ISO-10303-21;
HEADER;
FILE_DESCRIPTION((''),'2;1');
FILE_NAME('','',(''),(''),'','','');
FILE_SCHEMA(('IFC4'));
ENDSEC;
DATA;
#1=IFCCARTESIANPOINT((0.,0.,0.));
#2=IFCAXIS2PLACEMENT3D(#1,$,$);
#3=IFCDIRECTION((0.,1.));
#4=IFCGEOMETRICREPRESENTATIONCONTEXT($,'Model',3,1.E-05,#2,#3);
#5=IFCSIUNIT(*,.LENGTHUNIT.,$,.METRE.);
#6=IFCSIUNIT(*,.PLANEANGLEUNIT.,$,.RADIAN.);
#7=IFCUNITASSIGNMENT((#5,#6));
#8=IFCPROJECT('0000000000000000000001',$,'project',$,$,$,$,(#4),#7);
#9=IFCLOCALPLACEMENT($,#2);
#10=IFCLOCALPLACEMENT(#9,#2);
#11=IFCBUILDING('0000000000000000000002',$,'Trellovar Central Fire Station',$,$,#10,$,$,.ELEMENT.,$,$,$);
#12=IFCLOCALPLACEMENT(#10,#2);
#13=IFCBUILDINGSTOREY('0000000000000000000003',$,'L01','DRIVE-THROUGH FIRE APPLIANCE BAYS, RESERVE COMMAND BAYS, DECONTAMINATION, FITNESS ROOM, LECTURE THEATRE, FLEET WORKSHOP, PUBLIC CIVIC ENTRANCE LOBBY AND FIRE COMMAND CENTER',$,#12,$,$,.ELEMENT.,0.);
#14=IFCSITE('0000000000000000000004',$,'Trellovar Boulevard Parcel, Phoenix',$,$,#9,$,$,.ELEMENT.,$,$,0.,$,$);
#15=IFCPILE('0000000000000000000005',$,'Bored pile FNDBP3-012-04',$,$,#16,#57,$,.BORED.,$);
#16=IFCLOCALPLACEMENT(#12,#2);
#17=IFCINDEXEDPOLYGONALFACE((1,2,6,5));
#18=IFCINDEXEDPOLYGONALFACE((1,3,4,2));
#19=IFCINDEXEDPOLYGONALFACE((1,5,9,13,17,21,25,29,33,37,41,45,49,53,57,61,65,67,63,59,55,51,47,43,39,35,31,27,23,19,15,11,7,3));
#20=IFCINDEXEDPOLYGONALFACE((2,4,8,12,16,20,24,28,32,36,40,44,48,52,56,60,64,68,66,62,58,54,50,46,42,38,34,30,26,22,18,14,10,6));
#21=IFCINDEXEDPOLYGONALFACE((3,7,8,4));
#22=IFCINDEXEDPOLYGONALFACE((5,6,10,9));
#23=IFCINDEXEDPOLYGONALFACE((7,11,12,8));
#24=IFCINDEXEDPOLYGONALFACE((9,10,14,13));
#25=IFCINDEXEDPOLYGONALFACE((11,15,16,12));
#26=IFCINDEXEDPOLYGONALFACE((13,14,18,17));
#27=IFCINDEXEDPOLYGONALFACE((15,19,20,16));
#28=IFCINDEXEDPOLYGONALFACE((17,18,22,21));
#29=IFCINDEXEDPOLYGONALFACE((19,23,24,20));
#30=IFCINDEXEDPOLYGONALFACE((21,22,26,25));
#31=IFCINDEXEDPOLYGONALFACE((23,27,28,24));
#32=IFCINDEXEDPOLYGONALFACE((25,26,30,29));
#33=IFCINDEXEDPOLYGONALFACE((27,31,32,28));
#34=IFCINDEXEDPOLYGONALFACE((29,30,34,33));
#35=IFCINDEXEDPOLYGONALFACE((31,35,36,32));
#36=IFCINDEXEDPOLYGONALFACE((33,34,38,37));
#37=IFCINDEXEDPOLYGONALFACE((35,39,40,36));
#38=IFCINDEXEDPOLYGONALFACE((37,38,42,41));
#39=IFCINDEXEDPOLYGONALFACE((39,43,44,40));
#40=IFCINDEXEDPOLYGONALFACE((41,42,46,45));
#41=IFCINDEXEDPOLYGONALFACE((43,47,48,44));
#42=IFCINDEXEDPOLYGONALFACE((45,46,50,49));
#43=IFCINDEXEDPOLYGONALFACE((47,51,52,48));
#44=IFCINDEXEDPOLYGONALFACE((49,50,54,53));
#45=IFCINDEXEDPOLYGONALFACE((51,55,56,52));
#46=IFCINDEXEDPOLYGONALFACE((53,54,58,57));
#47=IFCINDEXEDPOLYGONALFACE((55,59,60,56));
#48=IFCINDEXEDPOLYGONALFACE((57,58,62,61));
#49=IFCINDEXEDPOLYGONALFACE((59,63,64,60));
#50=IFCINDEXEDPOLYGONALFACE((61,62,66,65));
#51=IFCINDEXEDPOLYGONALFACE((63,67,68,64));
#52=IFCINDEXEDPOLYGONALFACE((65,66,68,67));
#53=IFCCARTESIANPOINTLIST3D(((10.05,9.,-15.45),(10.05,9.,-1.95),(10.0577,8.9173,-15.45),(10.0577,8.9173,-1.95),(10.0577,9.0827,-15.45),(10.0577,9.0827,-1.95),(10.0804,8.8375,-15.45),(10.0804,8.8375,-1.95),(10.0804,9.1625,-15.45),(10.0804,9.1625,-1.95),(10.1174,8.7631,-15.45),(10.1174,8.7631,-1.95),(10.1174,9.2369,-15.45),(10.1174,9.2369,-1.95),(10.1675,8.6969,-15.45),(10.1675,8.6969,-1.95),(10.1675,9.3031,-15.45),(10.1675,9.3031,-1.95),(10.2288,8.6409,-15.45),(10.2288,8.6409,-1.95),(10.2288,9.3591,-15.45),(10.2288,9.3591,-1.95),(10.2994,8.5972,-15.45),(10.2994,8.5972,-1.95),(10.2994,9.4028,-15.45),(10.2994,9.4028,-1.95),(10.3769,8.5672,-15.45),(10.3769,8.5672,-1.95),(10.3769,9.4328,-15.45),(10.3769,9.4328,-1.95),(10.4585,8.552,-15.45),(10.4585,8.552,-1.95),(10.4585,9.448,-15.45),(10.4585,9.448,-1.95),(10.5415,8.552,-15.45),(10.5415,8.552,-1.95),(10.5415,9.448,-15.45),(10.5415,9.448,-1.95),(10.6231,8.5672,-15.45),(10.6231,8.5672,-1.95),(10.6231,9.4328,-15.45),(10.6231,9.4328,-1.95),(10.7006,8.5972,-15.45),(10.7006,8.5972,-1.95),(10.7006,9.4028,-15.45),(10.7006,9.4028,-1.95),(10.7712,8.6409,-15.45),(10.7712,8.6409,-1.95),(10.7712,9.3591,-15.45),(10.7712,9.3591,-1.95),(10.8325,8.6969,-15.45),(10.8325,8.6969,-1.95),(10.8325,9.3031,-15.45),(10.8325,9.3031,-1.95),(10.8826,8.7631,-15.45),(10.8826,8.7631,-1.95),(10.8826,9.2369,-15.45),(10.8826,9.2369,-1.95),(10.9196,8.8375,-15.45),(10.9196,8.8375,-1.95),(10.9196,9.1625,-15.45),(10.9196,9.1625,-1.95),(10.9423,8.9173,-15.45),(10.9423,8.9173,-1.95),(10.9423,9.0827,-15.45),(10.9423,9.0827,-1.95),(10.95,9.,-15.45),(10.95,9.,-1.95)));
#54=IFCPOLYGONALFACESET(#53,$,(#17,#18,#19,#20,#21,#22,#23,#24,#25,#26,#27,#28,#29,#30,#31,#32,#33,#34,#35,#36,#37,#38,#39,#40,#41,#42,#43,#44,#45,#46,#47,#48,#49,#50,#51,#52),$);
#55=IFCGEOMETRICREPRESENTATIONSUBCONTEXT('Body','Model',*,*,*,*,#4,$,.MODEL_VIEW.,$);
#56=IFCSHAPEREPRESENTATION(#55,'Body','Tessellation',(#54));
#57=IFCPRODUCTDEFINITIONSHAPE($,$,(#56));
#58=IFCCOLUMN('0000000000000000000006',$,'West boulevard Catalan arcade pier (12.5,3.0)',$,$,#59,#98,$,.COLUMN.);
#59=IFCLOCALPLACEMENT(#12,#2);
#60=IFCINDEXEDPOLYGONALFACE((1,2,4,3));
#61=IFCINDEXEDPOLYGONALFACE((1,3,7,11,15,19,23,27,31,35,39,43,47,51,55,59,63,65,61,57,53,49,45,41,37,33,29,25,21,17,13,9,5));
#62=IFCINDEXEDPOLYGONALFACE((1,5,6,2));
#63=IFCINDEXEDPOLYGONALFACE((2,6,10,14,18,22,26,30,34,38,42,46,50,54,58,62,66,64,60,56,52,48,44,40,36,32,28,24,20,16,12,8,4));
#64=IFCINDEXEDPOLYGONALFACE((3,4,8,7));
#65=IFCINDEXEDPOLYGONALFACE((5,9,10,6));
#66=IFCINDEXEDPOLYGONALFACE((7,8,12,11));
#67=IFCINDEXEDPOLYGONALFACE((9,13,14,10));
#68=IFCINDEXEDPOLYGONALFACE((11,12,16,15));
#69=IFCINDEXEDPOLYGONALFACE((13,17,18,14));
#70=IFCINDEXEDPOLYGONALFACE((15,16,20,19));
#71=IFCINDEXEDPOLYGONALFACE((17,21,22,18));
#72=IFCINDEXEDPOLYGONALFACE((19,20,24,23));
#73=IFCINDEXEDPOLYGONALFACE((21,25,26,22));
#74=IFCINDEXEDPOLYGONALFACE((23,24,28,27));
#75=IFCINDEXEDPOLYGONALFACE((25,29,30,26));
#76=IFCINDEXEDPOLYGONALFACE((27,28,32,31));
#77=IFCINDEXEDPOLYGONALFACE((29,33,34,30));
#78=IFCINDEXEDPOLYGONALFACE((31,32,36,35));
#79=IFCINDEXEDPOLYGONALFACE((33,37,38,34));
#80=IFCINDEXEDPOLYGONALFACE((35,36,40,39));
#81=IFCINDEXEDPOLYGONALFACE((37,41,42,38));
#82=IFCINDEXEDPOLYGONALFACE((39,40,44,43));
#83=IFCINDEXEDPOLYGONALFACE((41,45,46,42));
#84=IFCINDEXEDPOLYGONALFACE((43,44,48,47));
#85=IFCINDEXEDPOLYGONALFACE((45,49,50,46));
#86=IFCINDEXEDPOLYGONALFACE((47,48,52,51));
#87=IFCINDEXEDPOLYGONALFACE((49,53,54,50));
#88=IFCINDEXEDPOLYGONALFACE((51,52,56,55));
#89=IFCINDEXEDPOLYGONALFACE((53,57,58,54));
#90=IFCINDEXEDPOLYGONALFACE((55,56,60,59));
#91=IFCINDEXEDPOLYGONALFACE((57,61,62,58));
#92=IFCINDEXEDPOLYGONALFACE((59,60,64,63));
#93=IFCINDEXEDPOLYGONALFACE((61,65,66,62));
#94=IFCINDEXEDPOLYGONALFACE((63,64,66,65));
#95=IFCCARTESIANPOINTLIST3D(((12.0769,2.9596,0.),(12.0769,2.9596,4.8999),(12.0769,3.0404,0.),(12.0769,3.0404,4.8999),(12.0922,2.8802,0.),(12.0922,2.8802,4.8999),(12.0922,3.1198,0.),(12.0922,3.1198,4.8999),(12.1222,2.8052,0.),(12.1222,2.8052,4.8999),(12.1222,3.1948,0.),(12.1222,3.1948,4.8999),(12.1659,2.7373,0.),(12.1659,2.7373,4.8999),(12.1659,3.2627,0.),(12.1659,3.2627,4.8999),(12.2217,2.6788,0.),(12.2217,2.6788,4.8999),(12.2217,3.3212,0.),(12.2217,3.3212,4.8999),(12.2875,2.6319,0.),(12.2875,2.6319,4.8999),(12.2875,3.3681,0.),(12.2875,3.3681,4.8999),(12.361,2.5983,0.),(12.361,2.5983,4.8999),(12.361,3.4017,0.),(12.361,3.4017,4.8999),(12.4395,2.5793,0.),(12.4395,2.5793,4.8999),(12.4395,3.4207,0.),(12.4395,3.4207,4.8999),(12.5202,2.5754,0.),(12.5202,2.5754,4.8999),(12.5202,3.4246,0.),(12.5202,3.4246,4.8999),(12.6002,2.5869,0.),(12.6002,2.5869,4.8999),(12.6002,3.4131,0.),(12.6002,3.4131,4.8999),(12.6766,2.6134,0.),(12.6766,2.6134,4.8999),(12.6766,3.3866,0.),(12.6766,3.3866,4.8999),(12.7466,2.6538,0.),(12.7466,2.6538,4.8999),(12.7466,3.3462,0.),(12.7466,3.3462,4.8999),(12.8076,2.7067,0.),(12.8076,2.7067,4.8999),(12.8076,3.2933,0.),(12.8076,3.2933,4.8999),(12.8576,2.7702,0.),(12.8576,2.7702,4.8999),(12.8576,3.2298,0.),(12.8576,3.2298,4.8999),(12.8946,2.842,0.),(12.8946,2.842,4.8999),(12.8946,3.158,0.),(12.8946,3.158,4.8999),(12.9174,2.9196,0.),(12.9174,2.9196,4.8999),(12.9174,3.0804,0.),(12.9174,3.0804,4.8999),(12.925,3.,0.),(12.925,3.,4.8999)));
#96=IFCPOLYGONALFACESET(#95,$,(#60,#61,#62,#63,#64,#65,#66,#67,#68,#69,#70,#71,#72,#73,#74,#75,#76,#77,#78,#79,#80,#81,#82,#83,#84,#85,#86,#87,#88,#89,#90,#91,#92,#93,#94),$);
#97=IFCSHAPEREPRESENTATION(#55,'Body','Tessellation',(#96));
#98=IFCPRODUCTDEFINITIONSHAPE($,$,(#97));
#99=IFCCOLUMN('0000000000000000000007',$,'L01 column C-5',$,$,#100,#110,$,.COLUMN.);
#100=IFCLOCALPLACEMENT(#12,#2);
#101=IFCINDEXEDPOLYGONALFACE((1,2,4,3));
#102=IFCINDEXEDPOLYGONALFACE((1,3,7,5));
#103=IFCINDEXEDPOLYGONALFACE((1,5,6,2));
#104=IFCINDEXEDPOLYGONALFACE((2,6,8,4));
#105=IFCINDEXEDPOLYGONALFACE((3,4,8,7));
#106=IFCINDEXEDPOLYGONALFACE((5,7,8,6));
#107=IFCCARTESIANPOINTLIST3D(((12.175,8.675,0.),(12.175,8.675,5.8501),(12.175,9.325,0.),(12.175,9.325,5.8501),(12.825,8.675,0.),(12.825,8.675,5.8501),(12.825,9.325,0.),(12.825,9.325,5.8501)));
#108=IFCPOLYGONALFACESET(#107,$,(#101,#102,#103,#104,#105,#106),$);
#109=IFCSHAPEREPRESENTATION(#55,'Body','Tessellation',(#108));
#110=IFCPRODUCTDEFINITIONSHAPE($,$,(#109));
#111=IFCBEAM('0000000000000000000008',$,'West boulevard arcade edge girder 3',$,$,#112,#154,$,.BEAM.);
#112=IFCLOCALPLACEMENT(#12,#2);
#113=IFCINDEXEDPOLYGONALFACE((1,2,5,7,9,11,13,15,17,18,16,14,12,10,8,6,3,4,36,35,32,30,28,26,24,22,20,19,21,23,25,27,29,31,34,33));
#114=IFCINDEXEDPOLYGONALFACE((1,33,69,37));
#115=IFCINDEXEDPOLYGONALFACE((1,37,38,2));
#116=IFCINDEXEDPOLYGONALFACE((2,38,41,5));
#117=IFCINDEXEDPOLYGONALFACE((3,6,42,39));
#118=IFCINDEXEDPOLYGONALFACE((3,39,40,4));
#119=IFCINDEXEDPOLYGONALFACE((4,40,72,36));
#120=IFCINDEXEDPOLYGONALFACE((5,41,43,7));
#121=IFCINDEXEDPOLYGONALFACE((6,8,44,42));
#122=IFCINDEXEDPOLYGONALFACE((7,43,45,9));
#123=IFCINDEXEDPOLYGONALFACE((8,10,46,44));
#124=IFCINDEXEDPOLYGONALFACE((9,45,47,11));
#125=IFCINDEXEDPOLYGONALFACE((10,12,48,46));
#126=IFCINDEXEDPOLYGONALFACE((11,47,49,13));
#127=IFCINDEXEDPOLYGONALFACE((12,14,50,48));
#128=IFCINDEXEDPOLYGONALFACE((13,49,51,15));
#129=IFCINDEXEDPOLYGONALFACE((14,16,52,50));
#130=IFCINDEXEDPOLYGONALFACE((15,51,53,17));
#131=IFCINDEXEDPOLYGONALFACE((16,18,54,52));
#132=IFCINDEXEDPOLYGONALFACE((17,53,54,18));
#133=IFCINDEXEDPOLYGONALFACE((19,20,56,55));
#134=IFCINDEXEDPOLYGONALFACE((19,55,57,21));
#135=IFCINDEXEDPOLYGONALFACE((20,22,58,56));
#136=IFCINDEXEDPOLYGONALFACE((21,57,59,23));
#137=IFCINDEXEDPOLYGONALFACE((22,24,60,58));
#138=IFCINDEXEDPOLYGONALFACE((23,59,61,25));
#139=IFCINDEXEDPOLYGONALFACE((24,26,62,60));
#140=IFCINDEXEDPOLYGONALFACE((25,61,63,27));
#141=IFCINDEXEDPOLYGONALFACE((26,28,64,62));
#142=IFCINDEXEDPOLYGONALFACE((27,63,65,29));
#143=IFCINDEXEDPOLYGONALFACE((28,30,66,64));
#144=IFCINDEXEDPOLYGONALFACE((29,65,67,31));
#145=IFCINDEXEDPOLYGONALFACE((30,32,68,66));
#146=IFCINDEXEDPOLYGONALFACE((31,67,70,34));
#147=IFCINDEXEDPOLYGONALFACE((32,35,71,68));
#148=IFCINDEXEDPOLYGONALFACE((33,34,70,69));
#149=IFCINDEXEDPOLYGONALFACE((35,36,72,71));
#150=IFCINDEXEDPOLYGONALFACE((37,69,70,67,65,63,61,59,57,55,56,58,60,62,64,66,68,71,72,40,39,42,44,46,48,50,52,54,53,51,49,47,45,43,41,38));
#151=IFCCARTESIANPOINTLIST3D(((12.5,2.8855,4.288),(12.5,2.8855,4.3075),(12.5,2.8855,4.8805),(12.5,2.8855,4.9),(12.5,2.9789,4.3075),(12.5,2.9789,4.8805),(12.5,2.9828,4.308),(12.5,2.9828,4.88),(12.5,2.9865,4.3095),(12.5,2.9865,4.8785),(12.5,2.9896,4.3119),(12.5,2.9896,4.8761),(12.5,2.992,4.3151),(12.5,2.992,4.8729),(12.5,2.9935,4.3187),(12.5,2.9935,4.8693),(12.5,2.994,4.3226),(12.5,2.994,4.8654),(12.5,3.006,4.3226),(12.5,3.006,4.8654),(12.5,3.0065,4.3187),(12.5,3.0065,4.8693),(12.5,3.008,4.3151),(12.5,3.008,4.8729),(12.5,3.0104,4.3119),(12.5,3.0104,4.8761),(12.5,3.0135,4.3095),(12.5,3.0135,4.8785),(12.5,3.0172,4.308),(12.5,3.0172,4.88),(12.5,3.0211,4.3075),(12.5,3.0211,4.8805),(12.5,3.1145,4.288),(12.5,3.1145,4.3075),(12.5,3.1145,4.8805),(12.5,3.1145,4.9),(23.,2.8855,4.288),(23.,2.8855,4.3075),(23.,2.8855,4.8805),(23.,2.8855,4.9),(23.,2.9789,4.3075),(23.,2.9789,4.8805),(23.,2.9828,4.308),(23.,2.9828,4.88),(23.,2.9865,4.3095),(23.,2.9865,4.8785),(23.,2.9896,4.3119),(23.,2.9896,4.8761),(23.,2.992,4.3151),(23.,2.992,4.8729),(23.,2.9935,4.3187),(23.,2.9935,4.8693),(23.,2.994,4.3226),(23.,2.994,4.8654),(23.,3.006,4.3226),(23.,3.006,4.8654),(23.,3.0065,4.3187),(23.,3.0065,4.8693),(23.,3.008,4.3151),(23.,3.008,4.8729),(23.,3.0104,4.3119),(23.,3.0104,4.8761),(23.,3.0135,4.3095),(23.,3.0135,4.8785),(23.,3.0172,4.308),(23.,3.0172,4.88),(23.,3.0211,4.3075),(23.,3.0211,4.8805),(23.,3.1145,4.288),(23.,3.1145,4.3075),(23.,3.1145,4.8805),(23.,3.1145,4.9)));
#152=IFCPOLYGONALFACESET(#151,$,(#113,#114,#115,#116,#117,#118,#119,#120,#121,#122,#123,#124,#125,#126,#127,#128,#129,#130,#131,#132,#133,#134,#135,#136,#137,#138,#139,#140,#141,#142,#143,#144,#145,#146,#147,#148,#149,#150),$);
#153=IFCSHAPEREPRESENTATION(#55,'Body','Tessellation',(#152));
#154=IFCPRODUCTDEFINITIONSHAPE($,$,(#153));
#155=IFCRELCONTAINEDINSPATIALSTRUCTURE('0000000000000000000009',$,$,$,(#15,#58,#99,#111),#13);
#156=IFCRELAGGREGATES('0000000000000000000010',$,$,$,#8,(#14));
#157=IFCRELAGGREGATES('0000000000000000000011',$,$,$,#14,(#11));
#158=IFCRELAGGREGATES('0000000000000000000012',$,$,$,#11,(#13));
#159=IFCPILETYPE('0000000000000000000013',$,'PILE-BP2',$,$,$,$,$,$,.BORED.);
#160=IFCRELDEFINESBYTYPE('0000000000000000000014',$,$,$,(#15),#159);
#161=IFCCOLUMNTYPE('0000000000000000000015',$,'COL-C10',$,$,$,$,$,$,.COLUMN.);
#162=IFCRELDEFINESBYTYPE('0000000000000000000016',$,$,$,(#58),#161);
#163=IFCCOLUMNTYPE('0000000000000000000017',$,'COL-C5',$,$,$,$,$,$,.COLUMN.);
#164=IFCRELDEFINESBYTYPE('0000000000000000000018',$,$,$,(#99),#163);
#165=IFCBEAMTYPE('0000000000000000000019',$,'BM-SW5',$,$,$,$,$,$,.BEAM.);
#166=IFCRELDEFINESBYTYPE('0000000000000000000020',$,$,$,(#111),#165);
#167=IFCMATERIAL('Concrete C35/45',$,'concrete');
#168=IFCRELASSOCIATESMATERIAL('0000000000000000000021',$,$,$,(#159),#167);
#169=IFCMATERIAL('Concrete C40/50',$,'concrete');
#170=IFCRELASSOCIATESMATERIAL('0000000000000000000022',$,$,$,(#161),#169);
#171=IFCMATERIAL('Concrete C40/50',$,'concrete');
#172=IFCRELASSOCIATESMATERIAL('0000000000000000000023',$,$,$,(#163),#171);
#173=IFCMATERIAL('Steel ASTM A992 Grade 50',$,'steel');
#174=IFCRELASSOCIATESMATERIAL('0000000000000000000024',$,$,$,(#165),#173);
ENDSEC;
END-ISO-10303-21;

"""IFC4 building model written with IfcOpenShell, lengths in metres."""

from ifc_helpers import new_model, si_unit, direction, frame, origin, origin_2d, place, context, subcontext, project, spatial, rectangle, circle, i_section, extrude, material, material_profile, profile_set, type_object, element, save


model = new_model("IFC4")

# Units and contexts
model_context = context("Model", 3, precision=1e-05, world=origin(), true_north=direction((0.0, 1.0)))
body_context = subcontext(model_context, "Body", "Model", "MODEL_VIEW")
ifc_project = project(units=[si_unit("LENGTHUNIT", "METRE"), si_unit("PLANEANGLEUNIT", "RADIAN")], contexts=[model_context])

# Site, building, storey
site_placement = place(None, origin())
site = spatial("IfcSite", under=ifc_project, at=site_placement, Name="Trellovar Boulevard Parcel, Phoenix", CompositionType="ELEMENT", RefElevation=0.0)
building_placement = place(site_placement, origin())
building = spatial("IfcBuilding", under=site, at=building_placement, Name="Trellovar Central Fire Station", CompositionType="ELEMENT")
storey_placement = place(building_placement, origin())
storey = spatial("IfcBuildingStorey", under=building, at=storey_placement, Name="L01", Description="DRIVE-THROUGH FIRE APPLIANCE BAYS, RESERVE COMMAND BAYS, DECONTAMINATION, FITNESS ROOM, LECTURE THEATRE, FLEET WORKSHOP, PUBLIC CIVIC ENTRANCE LOBBY AND FIRE COMMAND CENTER", CompositionType="ELEMENT", Elevation=0.0)

# Pile
ifc_material_1 = material(Name="Concrete C35/45", Category="concrete")
ifc_material_profile_1 = material_profile(ifc_material_1, circle(Radius=0.45, at=origin_2d()), Name="PILE900")
ifc_profile_set_1 = profile_set([ifc_material_profile_1], Name="Concrete C35/45")
pile_type_1 = type_object("IfcPileType", Name="PILE-BP2", PredefinedType="BORED", material=ifc_profile_set_1)
for number, where, z_axis, x_axis, name in (
    (1, (10.5, 9.0, -1.95), (0.0, 0.0, -1.0), (1.0, 0.0, 0.0), "Bored pile FNDBP3-012-04"),
):
    element("IfcPile", number, at=place(storey_placement, frame(where, z_axis=z_axis, x_axis=x_axis)), inside=storey, type_object=pile_type_1, Name=name, PredefinedType="BORED", context=body_context, shape_type="SweptSolid", body=[
        extrude(circle(Radius=0.45, at=origin_2d()), origin(), (0.0, 0.0, 1.0), 13.5),
    ])

# Columns
ifc_material_2 = material(Name="Concrete C40/50", Category="concrete")
ifc_material_profile_2 = material_profile(ifc_material_2, circle(Radius=0.425, at=origin_2d()), Name="RCD850")
ifc_profile_set_2 = profile_set([ifc_material_profile_2], Name="Concrete C40/50")
column_type_1 = type_object("IfcColumnType", Name="COL-C10", PredefinedType="COLUMN", material=ifc_profile_set_2)
column_1_placement = place(storey_placement, frame((12.5, 3.0, 0.0), z_axis=(0.0, 0.0, 1.0), x_axis=(1.0, 0.0, 0.0)))
element("IfcColumn", 2, at=column_1_placement, inside=storey, type_object=column_type_1, Name="West boulevard Catalan arcade pier (12.5,3.0)", PredefinedType="COLUMN", context=body_context, shape_type="SweptSolid", body=[
    extrude(circle(Radius=0.425, at=origin_2d()), origin(), (0.0, 0.0, 1.0), 4.8999),
])
ifc_material_3 = material(Name="Concrete C40/50", Category="concrete")
ifc_material_profile_3 = material_profile(ifc_material_3, rectangle(XDim=0.6499, YDim=0.6499, at=origin_2d()), Name="RC650X650")
ifc_profile_set_3 = profile_set([ifc_material_profile_3], Name="Concrete C40/50")
column_type_2 = type_object("IfcColumnType", Name="COL-C5", PredefinedType="COLUMN", material=ifc_profile_set_3)
column_2_placement = place(storey_placement, frame((12.5, 9.0, 0.0), z_axis=(0.0, 0.0, 1.0), x_axis=(1.0, 0.0, 0.0)))
element("IfcColumn", 3, at=column_2_placement, inside=storey, type_object=column_type_2, Name="L01 column C-5", PredefinedType="COLUMN", context=body_context, shape_type="SweptSolid", body=[
    extrude(rectangle(XDim=0.6499, YDim=0.6499, at=origin_2d()), origin(), (0.0, 0.0, 1.0), 5.8501),
])

# Beam
ifc_material_4 = material(Name="Steel ASTM A992 Grade 50", Category="steel")
ifc_material_profile_4 = material_profile(ifc_material_4, i_section(OverallWidth=0.229, OverallDepth=0.6121, WebThickness=0.012, FlangeThickness=0.0195, FilletRadius=0.0151, at=origin_2d()), Name="W24X84")
ifc_profile_set_4 = profile_set([ifc_material_profile_4], Name="Steel ASTM A992 Grade 50")
beam_type_1 = type_object("IfcBeamType", Name="BM-SW5", PredefinedType="BEAM", material=ifc_profile_set_4)
beam_1_placement = place(storey_placement, frame((12.5, 3.0, 4.594), z_axis=(1.0, 0.0, 0.0), x_axis=(0.0, 1.0, 0.0)))
element("IfcBeam", 4, at=beam_1_placement, inside=storey, type_object=beam_type_1, Name="West boulevard arcade edge girder 3", PredefinedType="BEAM", context=body_context, shape_type="SweptSolid", body=[
    extrude(i_section(OverallWidth=0.229, OverallDepth=0.6121, WebThickness=0.012, FlangeThickness=0.0195, FilletRadius=0.0151, at=origin_2d()), origin(), (0.0, 0.0, 1.0), 10.5),
])

save(model, "model.ifc")
